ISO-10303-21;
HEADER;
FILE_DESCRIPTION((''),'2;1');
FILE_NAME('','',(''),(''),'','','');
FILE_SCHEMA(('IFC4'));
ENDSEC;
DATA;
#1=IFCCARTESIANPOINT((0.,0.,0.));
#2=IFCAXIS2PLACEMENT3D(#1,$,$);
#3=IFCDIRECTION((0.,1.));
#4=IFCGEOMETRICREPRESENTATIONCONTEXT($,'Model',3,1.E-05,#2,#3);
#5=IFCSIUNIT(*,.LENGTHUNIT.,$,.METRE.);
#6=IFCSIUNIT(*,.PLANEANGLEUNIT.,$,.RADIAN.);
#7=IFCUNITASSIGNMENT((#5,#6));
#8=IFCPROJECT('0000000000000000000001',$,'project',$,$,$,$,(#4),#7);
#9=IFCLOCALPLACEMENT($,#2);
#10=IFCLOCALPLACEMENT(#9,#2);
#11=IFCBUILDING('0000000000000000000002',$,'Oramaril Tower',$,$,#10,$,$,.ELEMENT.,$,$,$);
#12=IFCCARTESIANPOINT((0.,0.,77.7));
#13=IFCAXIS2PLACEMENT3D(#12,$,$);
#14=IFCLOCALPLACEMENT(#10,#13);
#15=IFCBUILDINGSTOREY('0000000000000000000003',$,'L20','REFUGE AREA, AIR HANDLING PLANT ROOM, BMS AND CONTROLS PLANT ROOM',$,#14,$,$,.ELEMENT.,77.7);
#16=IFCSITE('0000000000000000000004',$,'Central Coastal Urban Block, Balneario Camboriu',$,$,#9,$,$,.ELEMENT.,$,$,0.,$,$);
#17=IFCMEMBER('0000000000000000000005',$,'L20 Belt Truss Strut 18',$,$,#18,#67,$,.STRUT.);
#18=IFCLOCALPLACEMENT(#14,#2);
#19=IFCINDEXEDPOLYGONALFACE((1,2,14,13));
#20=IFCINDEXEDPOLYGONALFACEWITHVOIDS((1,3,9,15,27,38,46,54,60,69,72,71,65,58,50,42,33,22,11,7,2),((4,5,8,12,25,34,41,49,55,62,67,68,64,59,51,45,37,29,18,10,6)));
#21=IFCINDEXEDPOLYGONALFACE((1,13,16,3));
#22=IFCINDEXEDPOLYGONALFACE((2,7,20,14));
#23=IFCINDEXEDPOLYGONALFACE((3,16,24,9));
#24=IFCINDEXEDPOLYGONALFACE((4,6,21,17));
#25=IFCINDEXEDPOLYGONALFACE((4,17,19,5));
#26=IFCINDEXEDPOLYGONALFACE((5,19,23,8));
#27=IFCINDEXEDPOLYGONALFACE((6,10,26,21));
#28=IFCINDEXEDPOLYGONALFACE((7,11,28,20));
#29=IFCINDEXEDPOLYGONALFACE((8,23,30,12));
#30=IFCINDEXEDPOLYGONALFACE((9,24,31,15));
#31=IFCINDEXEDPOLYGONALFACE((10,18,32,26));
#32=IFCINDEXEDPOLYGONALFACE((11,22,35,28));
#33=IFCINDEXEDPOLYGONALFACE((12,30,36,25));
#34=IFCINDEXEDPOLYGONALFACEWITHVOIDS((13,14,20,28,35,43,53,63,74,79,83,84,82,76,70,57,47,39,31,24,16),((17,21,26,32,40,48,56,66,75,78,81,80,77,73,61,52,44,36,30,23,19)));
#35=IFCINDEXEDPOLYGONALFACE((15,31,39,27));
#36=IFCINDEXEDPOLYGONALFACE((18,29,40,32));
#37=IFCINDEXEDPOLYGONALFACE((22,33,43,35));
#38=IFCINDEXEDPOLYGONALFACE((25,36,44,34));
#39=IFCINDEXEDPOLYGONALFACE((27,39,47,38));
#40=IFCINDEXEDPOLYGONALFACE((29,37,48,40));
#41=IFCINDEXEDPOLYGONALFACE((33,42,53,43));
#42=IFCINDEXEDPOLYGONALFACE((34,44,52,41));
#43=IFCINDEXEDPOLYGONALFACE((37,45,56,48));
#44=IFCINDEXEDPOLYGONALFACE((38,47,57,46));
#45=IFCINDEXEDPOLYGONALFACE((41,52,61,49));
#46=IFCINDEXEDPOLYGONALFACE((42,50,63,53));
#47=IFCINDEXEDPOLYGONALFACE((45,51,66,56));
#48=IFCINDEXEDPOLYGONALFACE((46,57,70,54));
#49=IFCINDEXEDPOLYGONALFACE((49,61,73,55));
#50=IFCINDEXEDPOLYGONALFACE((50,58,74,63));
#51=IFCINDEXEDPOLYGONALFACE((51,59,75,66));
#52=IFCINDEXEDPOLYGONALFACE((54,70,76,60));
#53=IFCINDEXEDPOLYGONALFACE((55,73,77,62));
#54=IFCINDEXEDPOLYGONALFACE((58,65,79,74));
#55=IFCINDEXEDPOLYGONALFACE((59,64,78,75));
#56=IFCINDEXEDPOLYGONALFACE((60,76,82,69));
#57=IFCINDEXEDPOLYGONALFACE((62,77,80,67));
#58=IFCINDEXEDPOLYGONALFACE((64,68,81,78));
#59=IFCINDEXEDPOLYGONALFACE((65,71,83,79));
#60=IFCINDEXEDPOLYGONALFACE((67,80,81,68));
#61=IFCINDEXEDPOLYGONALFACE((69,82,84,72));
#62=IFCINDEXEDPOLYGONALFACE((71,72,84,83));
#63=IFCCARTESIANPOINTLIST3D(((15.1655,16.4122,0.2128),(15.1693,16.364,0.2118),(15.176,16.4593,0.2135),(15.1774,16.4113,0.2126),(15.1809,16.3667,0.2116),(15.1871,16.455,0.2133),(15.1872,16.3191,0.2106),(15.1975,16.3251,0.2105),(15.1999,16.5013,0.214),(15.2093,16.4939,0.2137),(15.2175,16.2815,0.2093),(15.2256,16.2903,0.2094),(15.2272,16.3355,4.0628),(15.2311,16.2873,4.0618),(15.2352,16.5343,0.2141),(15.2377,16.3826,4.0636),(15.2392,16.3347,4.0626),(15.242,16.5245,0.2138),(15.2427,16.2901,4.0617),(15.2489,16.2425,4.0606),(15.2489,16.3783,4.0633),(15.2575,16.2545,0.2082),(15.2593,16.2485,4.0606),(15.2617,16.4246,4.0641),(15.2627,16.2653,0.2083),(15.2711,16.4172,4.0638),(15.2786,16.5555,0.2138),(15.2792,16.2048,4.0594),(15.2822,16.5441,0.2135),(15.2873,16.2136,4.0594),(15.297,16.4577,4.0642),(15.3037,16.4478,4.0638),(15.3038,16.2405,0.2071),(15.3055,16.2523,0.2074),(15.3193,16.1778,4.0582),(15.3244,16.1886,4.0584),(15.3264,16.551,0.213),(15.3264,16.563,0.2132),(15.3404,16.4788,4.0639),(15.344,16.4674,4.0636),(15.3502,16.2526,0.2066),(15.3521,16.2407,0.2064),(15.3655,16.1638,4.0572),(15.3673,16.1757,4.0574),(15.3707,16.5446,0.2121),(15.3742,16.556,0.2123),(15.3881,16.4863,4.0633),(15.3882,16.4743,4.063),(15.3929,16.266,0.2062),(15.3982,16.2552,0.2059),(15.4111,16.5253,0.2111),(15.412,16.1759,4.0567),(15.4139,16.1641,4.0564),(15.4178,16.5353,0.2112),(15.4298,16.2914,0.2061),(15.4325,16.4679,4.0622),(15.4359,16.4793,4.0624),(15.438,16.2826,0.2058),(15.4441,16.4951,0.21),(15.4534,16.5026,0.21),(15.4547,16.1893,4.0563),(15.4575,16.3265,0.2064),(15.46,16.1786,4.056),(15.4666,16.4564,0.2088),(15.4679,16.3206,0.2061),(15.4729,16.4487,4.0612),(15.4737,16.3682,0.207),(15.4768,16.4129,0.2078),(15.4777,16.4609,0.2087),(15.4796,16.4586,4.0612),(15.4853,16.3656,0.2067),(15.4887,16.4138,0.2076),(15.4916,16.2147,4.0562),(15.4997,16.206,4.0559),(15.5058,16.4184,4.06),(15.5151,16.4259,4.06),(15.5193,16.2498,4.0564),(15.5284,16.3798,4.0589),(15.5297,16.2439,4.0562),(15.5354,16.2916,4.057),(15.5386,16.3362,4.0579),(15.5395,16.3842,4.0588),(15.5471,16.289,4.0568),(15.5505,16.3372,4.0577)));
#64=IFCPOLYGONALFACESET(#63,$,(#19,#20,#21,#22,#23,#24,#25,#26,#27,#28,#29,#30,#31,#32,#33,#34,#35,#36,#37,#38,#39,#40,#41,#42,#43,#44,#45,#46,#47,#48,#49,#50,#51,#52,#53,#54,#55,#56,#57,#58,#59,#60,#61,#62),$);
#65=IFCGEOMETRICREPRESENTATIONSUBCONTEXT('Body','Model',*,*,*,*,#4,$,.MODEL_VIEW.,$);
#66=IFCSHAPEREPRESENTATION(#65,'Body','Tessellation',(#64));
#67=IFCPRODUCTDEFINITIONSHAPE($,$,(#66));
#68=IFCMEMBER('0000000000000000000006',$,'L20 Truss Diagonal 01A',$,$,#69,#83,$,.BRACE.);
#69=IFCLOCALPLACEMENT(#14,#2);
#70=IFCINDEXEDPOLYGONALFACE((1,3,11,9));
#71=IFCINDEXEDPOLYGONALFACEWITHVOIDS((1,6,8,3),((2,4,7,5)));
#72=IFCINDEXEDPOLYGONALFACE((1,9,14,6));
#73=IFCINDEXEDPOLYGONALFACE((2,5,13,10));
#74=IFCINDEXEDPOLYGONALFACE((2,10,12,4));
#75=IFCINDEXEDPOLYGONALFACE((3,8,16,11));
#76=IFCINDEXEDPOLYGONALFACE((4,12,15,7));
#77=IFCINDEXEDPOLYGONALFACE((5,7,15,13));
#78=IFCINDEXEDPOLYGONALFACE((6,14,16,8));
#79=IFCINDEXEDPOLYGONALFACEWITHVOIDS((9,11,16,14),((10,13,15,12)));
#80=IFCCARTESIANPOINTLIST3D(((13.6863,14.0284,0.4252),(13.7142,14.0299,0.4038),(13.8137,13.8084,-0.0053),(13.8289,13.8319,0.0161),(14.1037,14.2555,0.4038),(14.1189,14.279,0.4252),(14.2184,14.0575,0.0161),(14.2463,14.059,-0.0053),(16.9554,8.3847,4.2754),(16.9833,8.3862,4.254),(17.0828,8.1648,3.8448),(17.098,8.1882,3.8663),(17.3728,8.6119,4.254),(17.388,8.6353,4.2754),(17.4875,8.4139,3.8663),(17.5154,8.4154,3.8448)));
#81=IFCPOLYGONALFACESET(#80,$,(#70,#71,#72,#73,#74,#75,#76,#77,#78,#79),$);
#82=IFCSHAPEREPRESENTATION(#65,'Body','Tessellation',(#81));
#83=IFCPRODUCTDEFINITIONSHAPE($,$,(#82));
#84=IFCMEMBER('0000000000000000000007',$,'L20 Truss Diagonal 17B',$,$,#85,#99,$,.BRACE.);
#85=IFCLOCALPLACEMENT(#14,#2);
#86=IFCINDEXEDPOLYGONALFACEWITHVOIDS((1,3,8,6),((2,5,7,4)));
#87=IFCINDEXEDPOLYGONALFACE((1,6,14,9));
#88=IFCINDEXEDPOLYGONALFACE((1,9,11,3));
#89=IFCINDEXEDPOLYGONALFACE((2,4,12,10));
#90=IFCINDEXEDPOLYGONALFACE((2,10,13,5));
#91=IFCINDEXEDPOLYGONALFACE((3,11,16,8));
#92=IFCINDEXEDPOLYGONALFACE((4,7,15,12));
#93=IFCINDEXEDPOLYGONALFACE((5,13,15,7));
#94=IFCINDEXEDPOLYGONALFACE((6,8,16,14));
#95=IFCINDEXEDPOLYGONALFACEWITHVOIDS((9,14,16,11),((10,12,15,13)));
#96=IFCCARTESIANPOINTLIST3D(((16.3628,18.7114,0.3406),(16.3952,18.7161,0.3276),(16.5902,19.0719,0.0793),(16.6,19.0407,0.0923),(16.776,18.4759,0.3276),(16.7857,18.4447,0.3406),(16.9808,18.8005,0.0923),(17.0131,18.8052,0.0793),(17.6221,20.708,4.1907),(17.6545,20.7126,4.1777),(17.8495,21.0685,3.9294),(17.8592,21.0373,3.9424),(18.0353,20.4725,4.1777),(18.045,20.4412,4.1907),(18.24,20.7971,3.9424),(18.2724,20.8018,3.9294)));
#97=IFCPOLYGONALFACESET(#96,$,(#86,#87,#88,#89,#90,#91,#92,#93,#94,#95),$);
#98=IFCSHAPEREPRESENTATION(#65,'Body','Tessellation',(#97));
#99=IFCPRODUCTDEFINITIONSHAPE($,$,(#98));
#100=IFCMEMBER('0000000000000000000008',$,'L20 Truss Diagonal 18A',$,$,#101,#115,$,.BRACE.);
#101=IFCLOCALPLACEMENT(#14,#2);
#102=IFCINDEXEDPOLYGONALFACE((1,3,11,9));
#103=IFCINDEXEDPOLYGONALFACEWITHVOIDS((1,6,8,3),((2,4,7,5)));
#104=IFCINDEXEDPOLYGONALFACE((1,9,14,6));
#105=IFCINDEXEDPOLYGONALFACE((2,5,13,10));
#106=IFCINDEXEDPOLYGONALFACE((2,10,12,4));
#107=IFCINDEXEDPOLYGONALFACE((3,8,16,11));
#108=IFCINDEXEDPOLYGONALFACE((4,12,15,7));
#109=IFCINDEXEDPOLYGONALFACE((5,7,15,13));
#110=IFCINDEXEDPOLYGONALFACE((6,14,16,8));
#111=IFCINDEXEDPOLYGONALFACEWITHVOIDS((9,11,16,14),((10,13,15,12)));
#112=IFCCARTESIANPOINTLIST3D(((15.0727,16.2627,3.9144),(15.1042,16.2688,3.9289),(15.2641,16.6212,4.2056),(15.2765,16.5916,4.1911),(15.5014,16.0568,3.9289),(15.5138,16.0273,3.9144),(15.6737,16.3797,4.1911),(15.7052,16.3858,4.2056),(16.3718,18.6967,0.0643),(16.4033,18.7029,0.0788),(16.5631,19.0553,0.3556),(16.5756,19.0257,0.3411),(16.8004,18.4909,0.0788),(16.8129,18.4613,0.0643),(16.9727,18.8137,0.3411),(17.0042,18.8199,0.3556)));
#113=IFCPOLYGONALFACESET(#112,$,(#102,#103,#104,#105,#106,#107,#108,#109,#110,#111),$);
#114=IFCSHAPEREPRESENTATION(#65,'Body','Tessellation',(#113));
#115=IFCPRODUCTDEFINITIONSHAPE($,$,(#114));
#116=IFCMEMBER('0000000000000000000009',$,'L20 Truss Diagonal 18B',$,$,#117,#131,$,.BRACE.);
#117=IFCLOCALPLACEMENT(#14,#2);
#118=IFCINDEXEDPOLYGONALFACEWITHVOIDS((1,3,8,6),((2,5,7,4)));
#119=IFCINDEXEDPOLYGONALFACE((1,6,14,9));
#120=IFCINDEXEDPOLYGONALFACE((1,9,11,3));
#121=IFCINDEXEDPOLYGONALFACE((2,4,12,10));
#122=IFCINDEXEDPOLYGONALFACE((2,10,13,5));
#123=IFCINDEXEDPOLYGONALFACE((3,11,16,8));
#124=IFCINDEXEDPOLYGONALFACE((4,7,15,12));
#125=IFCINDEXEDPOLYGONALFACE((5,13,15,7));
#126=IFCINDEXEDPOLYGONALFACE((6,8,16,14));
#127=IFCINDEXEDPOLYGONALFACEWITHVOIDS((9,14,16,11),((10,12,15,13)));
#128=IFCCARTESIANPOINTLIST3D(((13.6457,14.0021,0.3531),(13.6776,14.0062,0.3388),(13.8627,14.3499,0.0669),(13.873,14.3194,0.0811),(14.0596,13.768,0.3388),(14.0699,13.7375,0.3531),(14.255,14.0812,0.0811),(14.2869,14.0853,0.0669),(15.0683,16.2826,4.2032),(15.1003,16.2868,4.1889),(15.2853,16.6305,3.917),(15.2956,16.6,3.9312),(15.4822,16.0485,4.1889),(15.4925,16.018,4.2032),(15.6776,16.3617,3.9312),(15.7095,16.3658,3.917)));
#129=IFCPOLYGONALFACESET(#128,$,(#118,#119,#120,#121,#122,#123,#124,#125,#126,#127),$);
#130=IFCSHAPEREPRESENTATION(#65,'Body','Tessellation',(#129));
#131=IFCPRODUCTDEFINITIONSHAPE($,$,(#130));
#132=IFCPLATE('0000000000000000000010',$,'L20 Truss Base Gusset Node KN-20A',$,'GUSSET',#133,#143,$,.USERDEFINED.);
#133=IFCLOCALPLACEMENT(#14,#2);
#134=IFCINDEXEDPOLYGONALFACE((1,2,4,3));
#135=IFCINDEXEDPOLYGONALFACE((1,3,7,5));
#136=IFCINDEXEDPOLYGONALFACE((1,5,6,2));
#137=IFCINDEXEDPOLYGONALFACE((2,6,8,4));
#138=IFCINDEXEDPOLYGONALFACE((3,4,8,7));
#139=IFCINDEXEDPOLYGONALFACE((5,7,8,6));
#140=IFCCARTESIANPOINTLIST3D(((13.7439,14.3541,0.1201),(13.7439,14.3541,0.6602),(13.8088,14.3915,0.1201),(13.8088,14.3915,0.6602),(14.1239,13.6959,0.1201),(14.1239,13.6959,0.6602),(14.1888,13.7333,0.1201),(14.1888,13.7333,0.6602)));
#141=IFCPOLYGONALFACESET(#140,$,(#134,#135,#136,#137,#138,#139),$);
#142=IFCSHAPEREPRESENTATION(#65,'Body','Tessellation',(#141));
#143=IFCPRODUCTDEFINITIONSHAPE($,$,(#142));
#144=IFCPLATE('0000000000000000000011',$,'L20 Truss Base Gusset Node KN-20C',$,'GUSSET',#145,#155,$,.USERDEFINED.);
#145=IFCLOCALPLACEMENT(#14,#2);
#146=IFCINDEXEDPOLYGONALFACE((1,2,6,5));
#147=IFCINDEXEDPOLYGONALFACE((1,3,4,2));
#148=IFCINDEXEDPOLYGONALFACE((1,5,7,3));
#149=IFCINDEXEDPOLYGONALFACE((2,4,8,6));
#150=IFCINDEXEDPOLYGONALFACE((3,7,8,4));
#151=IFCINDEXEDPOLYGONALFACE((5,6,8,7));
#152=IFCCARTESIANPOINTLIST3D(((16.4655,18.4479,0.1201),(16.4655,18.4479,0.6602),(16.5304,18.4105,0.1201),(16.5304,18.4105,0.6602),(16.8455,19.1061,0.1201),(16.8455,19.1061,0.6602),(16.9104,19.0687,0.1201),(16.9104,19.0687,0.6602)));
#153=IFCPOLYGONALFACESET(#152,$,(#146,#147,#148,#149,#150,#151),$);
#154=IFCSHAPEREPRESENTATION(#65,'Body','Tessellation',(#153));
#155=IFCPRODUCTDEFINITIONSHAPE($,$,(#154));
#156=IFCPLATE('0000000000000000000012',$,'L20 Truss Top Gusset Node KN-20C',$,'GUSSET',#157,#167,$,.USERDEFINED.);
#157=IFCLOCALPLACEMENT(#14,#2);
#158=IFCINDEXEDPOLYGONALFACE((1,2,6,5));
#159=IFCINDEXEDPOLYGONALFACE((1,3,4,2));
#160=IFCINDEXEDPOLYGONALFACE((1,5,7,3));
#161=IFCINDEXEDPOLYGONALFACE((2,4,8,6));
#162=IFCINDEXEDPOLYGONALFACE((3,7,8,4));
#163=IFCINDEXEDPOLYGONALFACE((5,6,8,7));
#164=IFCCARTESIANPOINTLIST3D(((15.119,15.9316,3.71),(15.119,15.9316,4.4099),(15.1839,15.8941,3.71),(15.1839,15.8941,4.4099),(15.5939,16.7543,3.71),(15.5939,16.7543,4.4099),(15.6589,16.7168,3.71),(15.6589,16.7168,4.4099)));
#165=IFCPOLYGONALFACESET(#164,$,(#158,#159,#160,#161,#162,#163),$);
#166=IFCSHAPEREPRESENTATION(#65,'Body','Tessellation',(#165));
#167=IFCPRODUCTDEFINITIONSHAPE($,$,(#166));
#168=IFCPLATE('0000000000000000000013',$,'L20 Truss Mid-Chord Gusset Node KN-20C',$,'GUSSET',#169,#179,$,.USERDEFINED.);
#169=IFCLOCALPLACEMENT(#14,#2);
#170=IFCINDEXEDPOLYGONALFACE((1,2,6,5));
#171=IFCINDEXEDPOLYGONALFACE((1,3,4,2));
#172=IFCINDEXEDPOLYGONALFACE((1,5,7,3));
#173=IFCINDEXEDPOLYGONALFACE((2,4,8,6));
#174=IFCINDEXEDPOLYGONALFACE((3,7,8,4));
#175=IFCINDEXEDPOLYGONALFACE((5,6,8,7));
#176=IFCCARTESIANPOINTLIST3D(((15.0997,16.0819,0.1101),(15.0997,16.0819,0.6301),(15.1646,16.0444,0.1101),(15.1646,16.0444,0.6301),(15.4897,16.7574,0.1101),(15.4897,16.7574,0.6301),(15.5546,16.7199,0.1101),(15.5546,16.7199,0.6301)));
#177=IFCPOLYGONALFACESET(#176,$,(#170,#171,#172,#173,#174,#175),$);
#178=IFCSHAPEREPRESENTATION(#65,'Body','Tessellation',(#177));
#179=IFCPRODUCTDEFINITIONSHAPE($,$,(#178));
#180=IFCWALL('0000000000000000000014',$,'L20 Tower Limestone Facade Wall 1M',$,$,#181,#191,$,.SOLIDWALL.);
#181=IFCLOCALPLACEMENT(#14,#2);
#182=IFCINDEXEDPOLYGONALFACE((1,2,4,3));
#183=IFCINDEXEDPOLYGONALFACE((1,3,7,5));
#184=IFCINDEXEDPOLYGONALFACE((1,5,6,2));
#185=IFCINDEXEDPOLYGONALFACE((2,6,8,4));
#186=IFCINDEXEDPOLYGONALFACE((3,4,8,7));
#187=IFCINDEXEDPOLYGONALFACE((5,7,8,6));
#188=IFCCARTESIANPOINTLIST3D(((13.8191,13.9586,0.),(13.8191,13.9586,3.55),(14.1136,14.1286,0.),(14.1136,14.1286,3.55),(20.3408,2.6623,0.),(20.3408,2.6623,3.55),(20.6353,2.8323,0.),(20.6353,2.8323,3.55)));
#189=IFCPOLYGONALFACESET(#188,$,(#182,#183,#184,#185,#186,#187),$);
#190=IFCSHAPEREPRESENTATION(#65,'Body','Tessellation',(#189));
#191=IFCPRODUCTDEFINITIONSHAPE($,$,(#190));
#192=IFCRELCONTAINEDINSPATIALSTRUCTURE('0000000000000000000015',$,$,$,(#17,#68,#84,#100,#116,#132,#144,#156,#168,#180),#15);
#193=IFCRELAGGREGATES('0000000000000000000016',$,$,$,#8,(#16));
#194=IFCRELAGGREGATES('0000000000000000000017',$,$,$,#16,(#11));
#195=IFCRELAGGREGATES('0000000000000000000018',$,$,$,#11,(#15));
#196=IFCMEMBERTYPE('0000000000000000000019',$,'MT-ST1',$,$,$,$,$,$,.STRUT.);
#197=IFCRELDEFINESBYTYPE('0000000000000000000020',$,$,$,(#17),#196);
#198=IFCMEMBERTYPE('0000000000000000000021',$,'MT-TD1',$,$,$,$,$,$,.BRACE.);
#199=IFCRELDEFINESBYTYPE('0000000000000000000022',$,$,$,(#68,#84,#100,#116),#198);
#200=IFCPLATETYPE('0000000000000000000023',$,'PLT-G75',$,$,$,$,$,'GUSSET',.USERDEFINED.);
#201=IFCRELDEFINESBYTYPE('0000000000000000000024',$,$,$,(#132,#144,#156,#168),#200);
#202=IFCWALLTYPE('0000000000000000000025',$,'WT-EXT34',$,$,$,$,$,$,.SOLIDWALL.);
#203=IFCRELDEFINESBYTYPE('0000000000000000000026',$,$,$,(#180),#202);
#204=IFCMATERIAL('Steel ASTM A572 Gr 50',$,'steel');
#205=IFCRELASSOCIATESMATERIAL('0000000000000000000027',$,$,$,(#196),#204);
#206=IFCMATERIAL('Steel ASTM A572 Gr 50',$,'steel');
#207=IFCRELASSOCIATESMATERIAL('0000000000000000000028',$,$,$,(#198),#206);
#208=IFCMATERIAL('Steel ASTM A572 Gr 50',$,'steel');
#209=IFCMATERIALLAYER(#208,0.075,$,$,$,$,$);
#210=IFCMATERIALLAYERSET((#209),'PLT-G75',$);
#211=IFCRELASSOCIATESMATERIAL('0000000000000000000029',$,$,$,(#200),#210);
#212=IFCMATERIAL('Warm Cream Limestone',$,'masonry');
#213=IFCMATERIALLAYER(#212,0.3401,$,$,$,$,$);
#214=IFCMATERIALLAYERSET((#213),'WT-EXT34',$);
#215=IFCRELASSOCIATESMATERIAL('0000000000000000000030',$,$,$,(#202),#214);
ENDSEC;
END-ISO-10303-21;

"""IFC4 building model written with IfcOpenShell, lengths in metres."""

from ifc_helpers import new_model, si_unit, direction, frame, frame_2d, origin, origin_2d, place, context, subcontext, project, spatial, rectangle, hollow_rectangle, hollow_circle, extrude, material, layer, layer_set, material_profile, profile_set, type_object, element, save


model = new_model("IFC4")

# Units and contexts
model_context = context("Model", 3, precision=1e-05, world=origin(), true_north=direction((0.0, 1.0)))
body_context = subcontext(model_context, "Body", "Model", "MODEL_VIEW")
ifc_project = project(units=[si_unit("LENGTHUNIT", "METRE"), si_unit("PLANEANGLEUNIT", "RADIAN")], contexts=[model_context])

# Site, building, storey
site_placement = place(None, origin())
site = spatial("IfcSite", under=ifc_project, at=site_placement, Name="Central Coastal Urban Block, Balneario Camboriu", CompositionType="ELEMENT", RefElevation=0.0)
building_placement = place(site_placement, origin())
building = spatial("IfcBuilding", under=site, at=building_placement, Name="Oramaril Tower", CompositionType="ELEMENT")
storey_placement = place(building_placement, frame((0.0, 0.0, 77.7)))
storey = spatial("IfcBuildingStorey", under=building, at=storey_placement, Name="L20", Description="REFUGE AREA, AIR HANDLING PLANT ROOM, BMS AND CONTROLS PLANT ROOM", CompositionType="ELEMENT", Elevation=77.7)

# Members
ifc_material_1 = material(Name="Steel ASTM A572 Gr 50", Category="steel")
ifc_material_profile_1 = material_profile(ifc_material_1, hollow_circle(Radius=0.1621, WallThickness=0.012, at=origin_2d()), Name="CHS324X12")
ifc_profile_set_1 = profile_set([ifc_material_profile_1], Name="Steel ASTM A572 Gr 50")
member_type_1 = type_object("IfcMemberType", Name="MT-ST1", PredefinedType="STRUT", material=ifc_profile_set_1)
for number, where, z_axis, x_axis, name in (
    (1, (15.3271, 16.4009, 0.21), (0.016038, -0.019905, 0.999673), (0.778687, 0.627413, 0.0), "L20 Belt Truss Strut 18"),
):
    element("IfcMember", number, at=place(storey_placement, frame(where, z_axis=z_axis, x_axis=x_axis)), inside=storey, type_object=member_type_1, Name=name, PredefinedType="STRUT", context=body_context, shape_type="SweptSolid", body=[
        extrude(hollow_circle(Radius=0.1621, WallThickness=0.012, at=origin_2d()), origin(), (0.0, 0.0, 1.0), 3.8513),
    ])
ifc_material_2 = material(Name="Steel ASTM A572 Gr 50", Category="steel")
ifc_material_profile_2 = material_profile(ifc_material_2, hollow_rectangle(XDim=0.5, YDim=0.5, WallThickness=0.0249, at=origin_2d()), Name="HSS500X500X25")
ifc_profile_set_2 = profile_set([ifc_material_profile_2], Name="Steel ASTM A572 Gr 50")
member_type_2 = type_object("IfcMemberType", Name="MT-TD1", PredefinedType="BRACE", material=ifc_profile_set_2)
member_1_placement = place(storey_placement, frame((13.9663, 14.0437, 0.21), z_axis=(0.431636, -0.74516, 0.508357), x_axis=(0.865312, 0.501234, 0.0)))
element("IfcMember", 2, at=member_1_placement, inside=storey, type_object=member_type_2, Name="L20 Truss Diagonal 01A", PredefinedType="BRACE", context=body_context, shape_type="SweptSolid", body=[
    extrude(hollow_rectangle(XDim=0.5, YDim=0.5, WallThickness=0.0249, at=origin_2d()), origin(), (0.0, 0.0, 1.0), 7.5737),
])
member_2_placement = place(storey_placement, frame((16.688, 18.7583, 0.21), z_axis=(0.27884, 0.442101, 0.852523), x_axis=(-0.845818, 0.533471, 0.0)))
element("IfcMember", 3, at=member_2_placement, inside=storey, type_object=member_type_2, Name="L20 Truss Diagonal 17B", PredefinedType="BRACE", context=body_context, shape_type="SweptSolid", body=[
    extrude(hollow_rectangle(XDim=0.5, YDim=0.5, WallThickness=0.0249, at=origin_2d()), origin(), (0.0, 0.0, 1.0), 4.5161),
])
member_3_placement = place(storey_placement, frame((16.688, 18.7583, 0.21), z_axis=(-0.274261, -0.513886, 0.812836), x_axis=(0.882218, -0.470841, 0.0)))
element("IfcMember", 4, at=member_3_placement, inside=storey, type_object=member_type_2, Name="L20 Truss Diagonal 18A", PredefinedType="BRACE", context=body_context, shape_type="SweptSolid", body=[
    extrude(hollow_rectangle(XDim=0.5, YDim=0.5, WallThickness=0.0249, at=origin_2d()), origin(), (0.0, 0.0, 1.0), 4.7366),
])
member_4_placement = place(storey_placement, frame((13.9663, 14.0437, 0.21), z_axis=(0.302972, 0.48568, 0.819953), x_axis=(-0.848452, 0.529272, 0.0)))
element("IfcMember", 5, at=member_4_placement, inside=storey, type_object=member_type_2, Name="L20 Truss Diagonal 18B", PredefinedType="BRACE", context=body_context, shape_type="SweptSolid", body=[
    extrude(hollow_rectangle(XDim=0.5, YDim=0.5, WallThickness=0.0249, at=origin_2d()), origin(), (0.0, 0.0, 1.0), 4.6956),
])

# Plates
ifc_material_3 = material(Name="Steel ASTM A572 Gr 50", Category="steel")
ifc_layer_1 = layer(ifc_material_3, 0.075)
ifc_layer_set_1 = layer_set([ifc_layer_1], Name="PLT-G75")
plate_type = type_object("IfcPlateType", Name="PLT-G75", ElementType="GUSSET", PredefinedType="USERDEFINED", material=ifc_layer_set_1)
for number, where, z_axis, x_axis, name in (
    (6, (13.9663, 14.0437, 0.1201), (0.0, 0.0, 1.0), (0.499992, -0.86603, 0.0), "L20 Truss Base Gusset Node KN-20A"),
    (7, (16.688, 18.7583, 0.1201), (0.0, 0.0, 1.0), (-0.499995, -0.866028, 0.0), "L20 Truss Base Gusset Node KN-20C"),
):
    element("IfcPlate", number, at=place(storey_placement, frame(where, z_axis=z_axis, x_axis=x_axis)), inside=storey, type_object=plate_type, Name=name, ObjectType="GUSSET", PredefinedType="USERDEFINED", context=body_context, shape_type="SweptSolid", body=[
        extrude(rectangle(XDim=0.76, YDim=0.075, at=origin_2d()), origin(), (0.0, 0.0, 1.0), 0.54),
    ])
plate_1_placement = place(storey_placement, frame((15.3889, 16.3242, 3.71), z_axis=(0.0, 0.0, 1.0), x_axis=(-0.499997, -0.866027, 0.0)))
element("IfcPlate", 8, at=plate_1_placement, inside=storey, type_object=plate_type, Name="L20 Truss Top Gusset Node KN-20C", ObjectType="GUSSET", PredefinedType="USERDEFINED", context=body_context, shape_type="SweptSolid", body=[
    extrude(rectangle(XDim=0.95, YDim=0.075, at=origin_2d()), origin(), (0.0, 0.0, 1.0), 0.7),
])
plate_2_placement = place(storey_placement, frame((15.3271, 16.4009, 0.1101), z_axis=(0.0, 0.0, 1.0), x_axis=(-0.499997, -0.866027, 0.0)))
element("IfcPlate", 9, at=plate_2_placement, inside=storey, type_object=plate_type, Name="L20 Truss Mid-Chord Gusset Node KN-20C", ObjectType="GUSSET", PredefinedType="USERDEFINED", context=body_context, shape_type="SweptSolid", body=[
    extrude(rectangle(XDim=0.78, YDim=0.075, at=origin_2d()), origin(), (0.0, 0.0, 1.0), 0.52),
])

# Wall
ifc_material_4 = material(Name="Warm Cream Limestone", Category="masonry")
ifc_layer_2 = layer(ifc_material_4, 0.3401)
ifc_layer_set_2 = layer_set([ifc_layer_2], Name="WT-EXT34")
wall_type_1 = type_object("IfcWallType", Name="WT-EXT34", PredefinedType="SOLIDWALL", material=ifc_layer_set_2)
wall_1_placement = place(storey_placement, frame((13.9663, 14.0437, 0.0), z_axis=(0.0, 0.0, 1.0), x_axis=(0.499986, -0.866033, 0.0)))
element("IfcWall", 10, at=wall_1_placement, inside=storey, type_object=wall_type_1, Name="L20 Tower Limestone Facade Wall 1M", PredefinedType="SOLIDWALL", context=body_context, shape_type="SweptSolid", body=[
    extrude(rectangle(XDim=13.0437, YDim=0.3401, at=frame_2d((6.522, 0.0))), origin(), (0.0, 0.0, 1.0), 3.55),
])

save(model, "model.ifc")
